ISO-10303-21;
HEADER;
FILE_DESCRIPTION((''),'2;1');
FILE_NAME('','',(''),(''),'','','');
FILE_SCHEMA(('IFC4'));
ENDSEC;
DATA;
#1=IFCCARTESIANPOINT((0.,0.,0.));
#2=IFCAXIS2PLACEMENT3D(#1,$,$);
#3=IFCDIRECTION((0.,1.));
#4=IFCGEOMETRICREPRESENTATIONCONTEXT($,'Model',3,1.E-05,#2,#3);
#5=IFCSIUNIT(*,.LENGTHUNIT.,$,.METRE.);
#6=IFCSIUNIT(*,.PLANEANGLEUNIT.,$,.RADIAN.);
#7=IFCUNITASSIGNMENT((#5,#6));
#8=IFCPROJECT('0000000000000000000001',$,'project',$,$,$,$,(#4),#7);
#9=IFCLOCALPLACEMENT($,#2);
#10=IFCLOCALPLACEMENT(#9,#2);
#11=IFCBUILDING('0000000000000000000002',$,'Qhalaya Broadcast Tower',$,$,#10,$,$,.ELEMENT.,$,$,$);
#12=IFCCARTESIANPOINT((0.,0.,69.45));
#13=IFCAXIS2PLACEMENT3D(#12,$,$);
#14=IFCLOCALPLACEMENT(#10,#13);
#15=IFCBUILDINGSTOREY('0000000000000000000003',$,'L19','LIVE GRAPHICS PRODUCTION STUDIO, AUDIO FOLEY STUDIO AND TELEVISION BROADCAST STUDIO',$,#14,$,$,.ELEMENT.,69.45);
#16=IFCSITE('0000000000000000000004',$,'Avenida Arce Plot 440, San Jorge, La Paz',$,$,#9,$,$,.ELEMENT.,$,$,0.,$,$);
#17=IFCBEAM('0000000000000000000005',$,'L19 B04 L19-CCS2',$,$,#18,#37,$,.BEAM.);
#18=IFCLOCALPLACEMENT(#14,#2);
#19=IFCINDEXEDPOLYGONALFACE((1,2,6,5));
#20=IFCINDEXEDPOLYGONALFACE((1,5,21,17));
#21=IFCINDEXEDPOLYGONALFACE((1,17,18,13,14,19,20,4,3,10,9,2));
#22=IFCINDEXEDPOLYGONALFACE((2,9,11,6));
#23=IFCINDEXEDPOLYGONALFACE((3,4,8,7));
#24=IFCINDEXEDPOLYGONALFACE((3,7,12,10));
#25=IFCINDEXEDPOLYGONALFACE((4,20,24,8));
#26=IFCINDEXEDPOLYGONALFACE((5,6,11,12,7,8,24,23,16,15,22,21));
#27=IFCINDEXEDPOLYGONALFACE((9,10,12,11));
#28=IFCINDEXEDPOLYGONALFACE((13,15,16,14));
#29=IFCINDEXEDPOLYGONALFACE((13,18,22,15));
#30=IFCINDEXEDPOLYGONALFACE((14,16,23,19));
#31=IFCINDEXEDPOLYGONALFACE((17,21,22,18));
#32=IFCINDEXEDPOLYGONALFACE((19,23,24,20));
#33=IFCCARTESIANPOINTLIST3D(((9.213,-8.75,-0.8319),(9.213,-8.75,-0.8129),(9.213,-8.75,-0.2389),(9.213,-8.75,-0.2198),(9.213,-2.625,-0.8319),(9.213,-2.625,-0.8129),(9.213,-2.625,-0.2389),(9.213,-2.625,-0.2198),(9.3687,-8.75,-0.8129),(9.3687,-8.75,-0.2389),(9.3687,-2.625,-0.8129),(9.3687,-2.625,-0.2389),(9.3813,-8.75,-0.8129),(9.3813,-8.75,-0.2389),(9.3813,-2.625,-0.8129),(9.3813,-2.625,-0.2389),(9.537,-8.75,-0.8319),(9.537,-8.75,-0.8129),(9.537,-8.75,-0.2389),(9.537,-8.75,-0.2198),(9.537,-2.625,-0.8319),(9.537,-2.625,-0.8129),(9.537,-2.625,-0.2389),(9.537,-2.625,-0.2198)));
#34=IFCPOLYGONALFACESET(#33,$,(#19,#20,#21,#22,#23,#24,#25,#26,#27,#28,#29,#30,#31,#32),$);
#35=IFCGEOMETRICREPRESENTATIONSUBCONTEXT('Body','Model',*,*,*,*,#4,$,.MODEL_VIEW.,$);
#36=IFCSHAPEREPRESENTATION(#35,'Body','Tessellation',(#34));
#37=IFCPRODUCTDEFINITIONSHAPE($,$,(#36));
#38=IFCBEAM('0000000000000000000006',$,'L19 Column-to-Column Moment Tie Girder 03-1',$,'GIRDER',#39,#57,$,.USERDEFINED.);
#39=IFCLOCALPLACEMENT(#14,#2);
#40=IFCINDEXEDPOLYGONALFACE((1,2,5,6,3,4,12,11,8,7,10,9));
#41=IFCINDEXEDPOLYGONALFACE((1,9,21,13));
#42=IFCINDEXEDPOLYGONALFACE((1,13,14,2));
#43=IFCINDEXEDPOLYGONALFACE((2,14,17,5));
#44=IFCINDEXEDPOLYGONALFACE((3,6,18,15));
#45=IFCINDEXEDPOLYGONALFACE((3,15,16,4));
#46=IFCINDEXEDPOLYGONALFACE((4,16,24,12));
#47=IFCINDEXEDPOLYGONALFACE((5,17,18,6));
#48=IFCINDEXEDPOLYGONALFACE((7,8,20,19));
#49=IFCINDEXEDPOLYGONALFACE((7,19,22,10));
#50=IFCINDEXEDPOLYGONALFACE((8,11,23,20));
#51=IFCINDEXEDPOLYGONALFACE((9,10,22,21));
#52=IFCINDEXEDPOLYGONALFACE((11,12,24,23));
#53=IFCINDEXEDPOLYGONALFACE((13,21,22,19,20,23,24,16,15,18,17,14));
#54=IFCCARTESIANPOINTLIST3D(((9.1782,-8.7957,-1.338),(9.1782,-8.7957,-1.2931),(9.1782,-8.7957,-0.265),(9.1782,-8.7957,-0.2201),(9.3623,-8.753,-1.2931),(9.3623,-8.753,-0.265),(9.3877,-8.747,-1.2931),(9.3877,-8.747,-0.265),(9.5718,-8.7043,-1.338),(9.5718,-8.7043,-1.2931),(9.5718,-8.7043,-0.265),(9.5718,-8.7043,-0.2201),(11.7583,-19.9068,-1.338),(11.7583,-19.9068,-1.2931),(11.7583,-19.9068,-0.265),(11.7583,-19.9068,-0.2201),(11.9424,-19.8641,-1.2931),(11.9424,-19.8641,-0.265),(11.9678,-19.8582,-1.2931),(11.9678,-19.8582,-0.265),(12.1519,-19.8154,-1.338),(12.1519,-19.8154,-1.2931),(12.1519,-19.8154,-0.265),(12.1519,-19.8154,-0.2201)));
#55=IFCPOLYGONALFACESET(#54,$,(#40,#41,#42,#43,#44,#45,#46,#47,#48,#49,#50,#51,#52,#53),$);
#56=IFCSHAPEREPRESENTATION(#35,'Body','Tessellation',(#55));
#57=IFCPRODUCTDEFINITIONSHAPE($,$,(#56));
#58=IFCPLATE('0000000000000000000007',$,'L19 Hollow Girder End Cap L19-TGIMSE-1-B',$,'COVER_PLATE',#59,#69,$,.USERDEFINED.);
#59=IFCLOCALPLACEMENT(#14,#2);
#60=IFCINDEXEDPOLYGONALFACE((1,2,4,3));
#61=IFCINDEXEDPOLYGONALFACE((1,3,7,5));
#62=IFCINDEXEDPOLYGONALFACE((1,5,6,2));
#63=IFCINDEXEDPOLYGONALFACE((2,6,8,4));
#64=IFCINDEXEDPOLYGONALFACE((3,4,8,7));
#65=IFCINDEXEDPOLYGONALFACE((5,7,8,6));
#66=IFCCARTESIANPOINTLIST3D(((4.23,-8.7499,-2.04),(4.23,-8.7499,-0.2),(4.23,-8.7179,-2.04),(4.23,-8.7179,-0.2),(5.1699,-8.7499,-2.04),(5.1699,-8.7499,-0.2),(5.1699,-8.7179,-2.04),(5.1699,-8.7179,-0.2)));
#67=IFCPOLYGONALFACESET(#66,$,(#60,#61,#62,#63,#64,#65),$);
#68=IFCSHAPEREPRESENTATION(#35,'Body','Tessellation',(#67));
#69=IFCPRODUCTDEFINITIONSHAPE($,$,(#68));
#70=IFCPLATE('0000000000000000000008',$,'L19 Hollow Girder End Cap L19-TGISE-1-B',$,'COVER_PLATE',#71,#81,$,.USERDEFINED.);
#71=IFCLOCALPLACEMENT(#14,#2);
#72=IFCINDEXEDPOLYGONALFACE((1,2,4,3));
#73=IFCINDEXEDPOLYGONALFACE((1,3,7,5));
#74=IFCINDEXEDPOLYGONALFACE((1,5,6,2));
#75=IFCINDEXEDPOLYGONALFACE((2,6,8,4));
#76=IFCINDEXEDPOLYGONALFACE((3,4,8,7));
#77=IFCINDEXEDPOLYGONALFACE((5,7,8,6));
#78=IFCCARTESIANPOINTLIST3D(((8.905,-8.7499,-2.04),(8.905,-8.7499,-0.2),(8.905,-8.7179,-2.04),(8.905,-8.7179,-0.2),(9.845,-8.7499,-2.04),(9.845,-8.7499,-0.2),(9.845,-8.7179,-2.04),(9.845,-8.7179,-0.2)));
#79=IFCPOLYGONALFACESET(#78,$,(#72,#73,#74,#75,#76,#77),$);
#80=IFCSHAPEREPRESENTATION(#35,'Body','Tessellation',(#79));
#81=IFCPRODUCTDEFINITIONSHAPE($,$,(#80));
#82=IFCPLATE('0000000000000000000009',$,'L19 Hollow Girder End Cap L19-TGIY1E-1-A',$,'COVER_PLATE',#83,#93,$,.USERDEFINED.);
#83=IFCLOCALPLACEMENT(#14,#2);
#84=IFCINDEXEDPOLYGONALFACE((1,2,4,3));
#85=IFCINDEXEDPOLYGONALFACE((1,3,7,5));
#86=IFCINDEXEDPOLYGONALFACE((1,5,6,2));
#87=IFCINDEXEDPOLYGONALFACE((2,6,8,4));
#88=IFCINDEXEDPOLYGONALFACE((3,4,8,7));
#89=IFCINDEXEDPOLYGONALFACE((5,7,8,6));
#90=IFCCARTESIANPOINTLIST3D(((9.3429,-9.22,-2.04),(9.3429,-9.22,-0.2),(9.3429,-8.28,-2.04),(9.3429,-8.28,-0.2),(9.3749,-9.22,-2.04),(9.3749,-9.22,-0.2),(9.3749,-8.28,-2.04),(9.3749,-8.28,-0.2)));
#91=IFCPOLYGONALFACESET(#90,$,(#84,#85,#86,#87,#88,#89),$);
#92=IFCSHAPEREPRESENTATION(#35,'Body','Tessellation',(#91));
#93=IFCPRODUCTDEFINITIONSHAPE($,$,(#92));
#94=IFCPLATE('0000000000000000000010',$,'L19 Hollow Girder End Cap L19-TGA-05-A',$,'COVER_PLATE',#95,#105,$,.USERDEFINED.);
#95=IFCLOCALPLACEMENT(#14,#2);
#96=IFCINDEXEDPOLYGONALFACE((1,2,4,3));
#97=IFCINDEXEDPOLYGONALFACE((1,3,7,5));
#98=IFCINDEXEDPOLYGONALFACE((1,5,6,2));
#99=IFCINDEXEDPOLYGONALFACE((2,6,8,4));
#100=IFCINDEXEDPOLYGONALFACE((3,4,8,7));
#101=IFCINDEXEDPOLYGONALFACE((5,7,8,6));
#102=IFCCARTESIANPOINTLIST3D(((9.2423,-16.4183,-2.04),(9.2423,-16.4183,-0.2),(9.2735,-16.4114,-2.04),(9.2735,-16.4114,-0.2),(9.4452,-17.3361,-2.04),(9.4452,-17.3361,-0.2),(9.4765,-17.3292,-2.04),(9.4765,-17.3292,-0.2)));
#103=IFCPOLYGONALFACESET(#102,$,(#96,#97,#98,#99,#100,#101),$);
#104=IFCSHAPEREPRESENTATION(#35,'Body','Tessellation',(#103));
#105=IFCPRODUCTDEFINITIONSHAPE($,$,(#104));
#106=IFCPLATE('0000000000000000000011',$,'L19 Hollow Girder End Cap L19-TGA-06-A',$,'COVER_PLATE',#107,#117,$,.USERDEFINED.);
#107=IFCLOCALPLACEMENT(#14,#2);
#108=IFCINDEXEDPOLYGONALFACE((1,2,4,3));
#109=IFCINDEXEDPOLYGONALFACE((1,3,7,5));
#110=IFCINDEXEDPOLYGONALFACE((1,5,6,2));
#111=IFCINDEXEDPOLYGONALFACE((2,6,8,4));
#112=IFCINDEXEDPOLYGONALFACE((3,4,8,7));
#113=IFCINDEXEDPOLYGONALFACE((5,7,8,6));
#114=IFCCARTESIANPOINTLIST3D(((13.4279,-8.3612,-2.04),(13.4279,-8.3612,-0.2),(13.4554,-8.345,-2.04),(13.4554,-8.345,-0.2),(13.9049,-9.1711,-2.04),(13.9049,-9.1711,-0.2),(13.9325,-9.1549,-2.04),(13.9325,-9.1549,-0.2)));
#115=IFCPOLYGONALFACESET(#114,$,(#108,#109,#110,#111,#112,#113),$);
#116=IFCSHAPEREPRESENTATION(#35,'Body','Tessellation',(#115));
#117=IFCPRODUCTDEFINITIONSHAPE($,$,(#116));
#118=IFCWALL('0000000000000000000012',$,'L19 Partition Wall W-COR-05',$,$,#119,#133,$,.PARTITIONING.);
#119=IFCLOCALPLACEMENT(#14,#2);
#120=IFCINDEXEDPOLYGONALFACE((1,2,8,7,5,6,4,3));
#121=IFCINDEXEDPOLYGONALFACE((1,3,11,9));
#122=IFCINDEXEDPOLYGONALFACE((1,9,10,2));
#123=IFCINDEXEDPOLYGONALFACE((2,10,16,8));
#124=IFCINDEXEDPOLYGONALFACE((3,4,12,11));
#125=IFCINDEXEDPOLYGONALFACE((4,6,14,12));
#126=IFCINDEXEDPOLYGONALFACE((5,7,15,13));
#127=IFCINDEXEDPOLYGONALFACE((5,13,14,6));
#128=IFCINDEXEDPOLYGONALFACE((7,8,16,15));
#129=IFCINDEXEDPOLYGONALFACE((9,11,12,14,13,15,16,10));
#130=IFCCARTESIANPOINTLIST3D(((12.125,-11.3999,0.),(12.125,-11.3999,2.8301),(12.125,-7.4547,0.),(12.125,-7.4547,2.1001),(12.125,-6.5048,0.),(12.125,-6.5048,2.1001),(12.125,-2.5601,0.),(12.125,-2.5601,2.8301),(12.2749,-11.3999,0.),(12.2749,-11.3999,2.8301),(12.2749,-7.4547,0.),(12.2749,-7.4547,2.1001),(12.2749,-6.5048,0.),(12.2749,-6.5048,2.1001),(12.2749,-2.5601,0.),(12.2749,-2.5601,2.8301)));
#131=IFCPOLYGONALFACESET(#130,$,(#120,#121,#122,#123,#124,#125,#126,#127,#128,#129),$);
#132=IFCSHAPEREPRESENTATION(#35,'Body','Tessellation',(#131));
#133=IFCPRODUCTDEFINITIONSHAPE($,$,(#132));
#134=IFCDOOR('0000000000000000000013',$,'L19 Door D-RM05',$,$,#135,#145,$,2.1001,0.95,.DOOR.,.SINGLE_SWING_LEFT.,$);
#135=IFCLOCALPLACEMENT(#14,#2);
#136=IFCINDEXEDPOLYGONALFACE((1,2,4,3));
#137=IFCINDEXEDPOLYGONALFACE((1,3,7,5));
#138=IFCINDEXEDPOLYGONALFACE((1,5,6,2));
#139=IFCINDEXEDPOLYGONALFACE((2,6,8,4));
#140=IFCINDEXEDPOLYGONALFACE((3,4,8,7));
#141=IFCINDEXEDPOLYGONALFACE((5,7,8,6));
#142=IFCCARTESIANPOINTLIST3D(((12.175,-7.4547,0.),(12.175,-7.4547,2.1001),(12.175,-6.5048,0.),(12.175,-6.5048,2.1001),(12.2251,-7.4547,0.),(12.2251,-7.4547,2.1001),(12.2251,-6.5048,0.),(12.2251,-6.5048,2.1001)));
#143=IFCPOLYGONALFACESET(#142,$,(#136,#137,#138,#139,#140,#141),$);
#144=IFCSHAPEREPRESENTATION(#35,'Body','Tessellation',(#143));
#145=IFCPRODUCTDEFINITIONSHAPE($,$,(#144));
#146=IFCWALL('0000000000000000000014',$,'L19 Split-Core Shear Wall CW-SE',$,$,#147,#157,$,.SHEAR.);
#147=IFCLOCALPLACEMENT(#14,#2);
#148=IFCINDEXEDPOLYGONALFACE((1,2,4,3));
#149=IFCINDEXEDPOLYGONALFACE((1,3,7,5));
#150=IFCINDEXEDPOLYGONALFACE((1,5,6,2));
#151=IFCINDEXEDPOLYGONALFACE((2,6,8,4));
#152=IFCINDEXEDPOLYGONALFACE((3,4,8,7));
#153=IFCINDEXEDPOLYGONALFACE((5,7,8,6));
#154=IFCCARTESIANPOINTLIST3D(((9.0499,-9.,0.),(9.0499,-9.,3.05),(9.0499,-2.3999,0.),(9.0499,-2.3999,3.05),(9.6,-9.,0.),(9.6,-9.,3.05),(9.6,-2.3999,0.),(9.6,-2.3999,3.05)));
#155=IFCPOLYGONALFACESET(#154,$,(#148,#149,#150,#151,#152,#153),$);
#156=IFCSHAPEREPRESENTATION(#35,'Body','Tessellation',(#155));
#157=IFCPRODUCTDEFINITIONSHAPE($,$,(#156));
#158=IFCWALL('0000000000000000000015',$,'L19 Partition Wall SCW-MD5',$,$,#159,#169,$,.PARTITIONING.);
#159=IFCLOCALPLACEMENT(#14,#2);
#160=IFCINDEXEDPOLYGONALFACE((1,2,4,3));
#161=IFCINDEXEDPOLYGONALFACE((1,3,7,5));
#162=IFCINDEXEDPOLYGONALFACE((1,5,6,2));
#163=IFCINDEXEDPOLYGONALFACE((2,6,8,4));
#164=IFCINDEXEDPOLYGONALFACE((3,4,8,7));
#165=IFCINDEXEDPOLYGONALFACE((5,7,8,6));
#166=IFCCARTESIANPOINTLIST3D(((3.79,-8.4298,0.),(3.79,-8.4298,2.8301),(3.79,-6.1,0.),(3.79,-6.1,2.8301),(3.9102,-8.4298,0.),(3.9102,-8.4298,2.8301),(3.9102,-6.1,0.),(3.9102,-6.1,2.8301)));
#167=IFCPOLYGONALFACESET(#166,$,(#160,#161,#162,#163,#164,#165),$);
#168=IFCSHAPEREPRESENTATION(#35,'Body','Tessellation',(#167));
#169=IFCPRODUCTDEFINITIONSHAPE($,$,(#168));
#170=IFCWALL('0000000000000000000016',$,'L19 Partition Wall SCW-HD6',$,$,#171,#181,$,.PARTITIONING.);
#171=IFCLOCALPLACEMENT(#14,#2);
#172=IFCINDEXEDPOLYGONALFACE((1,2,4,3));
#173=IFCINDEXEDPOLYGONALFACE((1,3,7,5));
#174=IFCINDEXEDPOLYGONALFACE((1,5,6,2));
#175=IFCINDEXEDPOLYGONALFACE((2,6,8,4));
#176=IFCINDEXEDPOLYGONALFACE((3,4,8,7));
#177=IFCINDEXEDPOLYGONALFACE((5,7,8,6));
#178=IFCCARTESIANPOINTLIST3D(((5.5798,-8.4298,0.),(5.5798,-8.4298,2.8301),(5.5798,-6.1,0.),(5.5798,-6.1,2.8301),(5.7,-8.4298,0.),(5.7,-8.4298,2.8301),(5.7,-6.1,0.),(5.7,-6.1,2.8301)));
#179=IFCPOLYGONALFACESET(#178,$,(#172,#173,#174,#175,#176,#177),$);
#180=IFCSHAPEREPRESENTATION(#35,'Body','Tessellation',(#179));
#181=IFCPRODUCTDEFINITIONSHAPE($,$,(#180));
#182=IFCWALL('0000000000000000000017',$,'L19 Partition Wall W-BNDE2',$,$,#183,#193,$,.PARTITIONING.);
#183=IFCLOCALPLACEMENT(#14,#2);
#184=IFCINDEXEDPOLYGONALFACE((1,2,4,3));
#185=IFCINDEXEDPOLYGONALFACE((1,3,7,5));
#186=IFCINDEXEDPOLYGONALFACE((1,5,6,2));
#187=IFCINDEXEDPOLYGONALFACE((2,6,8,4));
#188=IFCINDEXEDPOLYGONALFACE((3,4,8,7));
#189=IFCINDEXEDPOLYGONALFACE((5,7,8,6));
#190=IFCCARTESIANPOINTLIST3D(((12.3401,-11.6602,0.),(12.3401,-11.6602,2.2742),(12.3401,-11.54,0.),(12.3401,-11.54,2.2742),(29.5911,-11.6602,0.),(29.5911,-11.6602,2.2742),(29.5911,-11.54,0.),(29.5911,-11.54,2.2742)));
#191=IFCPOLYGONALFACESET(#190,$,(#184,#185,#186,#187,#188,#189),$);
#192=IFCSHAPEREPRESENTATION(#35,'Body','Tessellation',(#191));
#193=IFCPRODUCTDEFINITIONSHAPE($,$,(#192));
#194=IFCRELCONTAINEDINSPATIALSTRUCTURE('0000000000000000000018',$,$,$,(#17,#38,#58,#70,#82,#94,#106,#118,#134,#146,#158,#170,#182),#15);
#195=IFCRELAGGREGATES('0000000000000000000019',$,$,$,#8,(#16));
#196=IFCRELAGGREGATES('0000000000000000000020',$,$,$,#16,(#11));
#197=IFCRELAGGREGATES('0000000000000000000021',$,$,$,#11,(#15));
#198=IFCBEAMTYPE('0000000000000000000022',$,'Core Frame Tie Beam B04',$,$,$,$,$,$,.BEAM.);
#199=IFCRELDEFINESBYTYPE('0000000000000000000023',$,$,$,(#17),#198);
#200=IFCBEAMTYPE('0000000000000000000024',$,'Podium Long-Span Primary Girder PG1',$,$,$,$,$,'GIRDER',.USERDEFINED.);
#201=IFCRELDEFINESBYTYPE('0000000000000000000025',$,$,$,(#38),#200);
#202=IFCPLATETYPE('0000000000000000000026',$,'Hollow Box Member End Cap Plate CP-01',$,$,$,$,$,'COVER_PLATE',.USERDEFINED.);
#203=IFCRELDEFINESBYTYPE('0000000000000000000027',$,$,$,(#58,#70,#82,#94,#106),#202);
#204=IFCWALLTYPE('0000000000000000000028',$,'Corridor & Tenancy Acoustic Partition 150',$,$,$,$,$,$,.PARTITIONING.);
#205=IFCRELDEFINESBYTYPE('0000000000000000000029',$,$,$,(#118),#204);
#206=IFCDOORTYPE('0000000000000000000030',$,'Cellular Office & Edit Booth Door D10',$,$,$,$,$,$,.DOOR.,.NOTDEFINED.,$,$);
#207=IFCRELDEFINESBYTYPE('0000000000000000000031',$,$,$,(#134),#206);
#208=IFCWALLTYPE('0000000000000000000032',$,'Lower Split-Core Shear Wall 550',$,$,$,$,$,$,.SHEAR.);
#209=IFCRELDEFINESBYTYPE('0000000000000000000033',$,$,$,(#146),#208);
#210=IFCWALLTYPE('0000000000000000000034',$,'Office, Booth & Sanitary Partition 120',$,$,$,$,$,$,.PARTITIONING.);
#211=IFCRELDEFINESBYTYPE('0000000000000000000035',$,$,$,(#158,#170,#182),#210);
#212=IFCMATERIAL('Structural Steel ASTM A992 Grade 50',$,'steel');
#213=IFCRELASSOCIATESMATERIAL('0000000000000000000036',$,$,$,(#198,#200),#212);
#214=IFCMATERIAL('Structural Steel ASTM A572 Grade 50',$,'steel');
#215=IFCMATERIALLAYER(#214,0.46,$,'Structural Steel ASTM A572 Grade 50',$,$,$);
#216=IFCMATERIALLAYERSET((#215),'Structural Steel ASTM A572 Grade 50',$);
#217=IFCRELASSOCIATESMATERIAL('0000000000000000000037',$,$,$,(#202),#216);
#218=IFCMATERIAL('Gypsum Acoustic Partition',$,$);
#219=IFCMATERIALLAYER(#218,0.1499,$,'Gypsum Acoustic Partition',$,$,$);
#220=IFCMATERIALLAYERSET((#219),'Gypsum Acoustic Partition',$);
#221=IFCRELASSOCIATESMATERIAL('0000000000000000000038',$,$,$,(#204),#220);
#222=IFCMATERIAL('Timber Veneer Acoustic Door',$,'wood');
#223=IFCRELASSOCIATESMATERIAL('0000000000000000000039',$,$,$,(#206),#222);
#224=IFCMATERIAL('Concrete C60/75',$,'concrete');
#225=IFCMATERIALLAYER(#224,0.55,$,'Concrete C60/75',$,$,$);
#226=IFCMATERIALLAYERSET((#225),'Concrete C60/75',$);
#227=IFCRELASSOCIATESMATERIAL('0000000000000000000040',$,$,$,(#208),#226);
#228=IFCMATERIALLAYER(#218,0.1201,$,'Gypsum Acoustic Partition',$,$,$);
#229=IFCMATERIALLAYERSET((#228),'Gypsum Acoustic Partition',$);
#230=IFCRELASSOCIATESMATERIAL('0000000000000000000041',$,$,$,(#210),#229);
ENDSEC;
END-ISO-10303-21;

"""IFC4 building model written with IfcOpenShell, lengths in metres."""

from ifc_helpers import new_model, si_unit, direction, frame, frame_2d, origin, origin_2d, place, context, subcontext, project, spatial, rectangle, i_section, extrude, material, layer, layer_set, material_profile, profile_set, type_object, element, fill, save


model = new_model("IFC4")

# Units and contexts
model_context = context("Model", 3, precision=1e-05, world=origin(), true_north=direction((0.0, 1.0)))
body_context = subcontext(model_context, "Body", "Model", "MODEL_VIEW")
ifc_project = project(units=[si_unit("LENGTHUNIT", "METRE"), si_unit("PLANEANGLEUNIT", "RADIAN")], contexts=[model_context])

# Site, building, storey
site_placement = place(None, origin())
site = spatial("IfcSite", under=ifc_project, at=site_placement, Name="Avenida Arce Plot 440, San Jorge, La Paz", CompositionType="ELEMENT", RefElevation=0.0)
building_placement = place(site_placement, origin())
building = spatial("IfcBuilding", under=site, at=building_placement, Name="Qhalaya Broadcast Tower", CompositionType="ELEMENT")
storey_placement = place(building_placement, frame((0.0, 0.0, 69.45)))
storey = spatial("IfcBuildingStorey", under=building, at=storey_placement, Name="L19", Description="LIVE GRAPHICS PRODUCTION STUDIO, AUDIO FOLEY STUDIO AND TELEVISION BROADCAST STUDIO", CompositionType="ELEMENT", Elevation=69.45)

# Shared definitions
ifc_material_1 = material(Name="Structural Steel ASTM A992 Grade 50", Category="steel")

# Beams
ifc_material_2 = material(Name="Structural Steel ASTM A572 Grade 50", Category="steel")
ifc_material_profile_1 = material_profile(ifc_material_1, i_section(OverallWidth=0.324, OverallDepth=0.6121, WebThickness=0.0127, FlangeThickness=0.019, at=origin_2d()), Name="W24X104")
ifc_profile_set_1 = profile_set([ifc_material_profile_1], Name="Structural Steel ASTM A992 Grade 50")
beam_type_1 = type_object("IfcBeamType", Name="Core Frame Tie Beam B04", PredefinedType="BEAM", material=ifc_profile_set_1)
beam_1_placement = place(storey_placement, frame((9.375, -8.75, -0.5259), z_axis=(0.0, 1.0, 0.0), x_axis=(-1.0, 0.0, 0.0)))
element("IfcBeam", 1, at=beam_1_placement, inside=storey, type_object=beam_type_1, Name="L19 B04 L19-CCS2", PredefinedType="BEAM", context=body_context, shape_type="SweptSolid", body=[
    extrude(i_section(OverallWidth=0.324, OverallDepth=0.6121, WebThickness=0.0127, FlangeThickness=0.019, at=origin_2d()), origin(), (0.0, 0.0, 1.0), 6.125),
])
ifc_material_profile_2 = material_profile(ifc_material_1, i_section(OverallWidth=0.4041, OverallDepth=1.1179, WebThickness=0.0261, FlangeThickness=0.0449, at=origin_2d()), Name="W44X335")
ifc_profile_set_2 = profile_set([ifc_material_profile_2], Name="Structural Steel ASTM A992 Grade 50")
beam_type_2 = type_object("IfcBeamType", Name="Podium Long-Span Primary Girder PG1", ElementType="GIRDER", PredefinedType="USERDEFINED", material=ifc_profile_set_2)
beam_2_placement = place(storey_placement, frame((9.375, -8.75, -0.7791), z_axis=(0.22619, -0.974083, 0.0), x_axis=(0.974083, 0.22619, 0.0)))
element("IfcBeam", 2, at=beam_2_placement, inside=storey, type_object=beam_type_2, Name="L19 Column-to-Column Moment Tie Girder 03-1", ObjectType="GIRDER", PredefinedType="USERDEFINED", context=body_context, shape_type="SweptSolid", body=[
    extrude(i_section(OverallWidth=0.4041, OverallDepth=1.1179, WebThickness=0.0261, FlangeThickness=0.0449, at=origin_2d()), origin(), (0.0, 0.0, 1.0), 11.4067),
])

# Plates
ifc_layer_1 = layer(ifc_material_2, 0.46, Name="Structural Steel ASTM A572 Grade 50")
ifc_layer_set_1 = layer_set([ifc_layer_1], Name="Structural Steel ASTM A572 Grade 50")
plate_type = type_object("IfcPlateType", Name="Hollow Box Member End Cap Plate CP-01", ElementType="COVER_PLATE", PredefinedType="USERDEFINED", material=ifc_layer_set_1)
for number, where, z_axis, x_axis, name in (
    (3, (4.7, -8.7339, -2.04), (0.0, 0.0, 1.0), (-1.0, 0.0, 0.0), "L19 Hollow Girder End Cap L19-TGIMSE-1-B"),
    (4, (9.375, -8.7339, -2.04), (0.0, 0.0, 1.0), (-1.0, 0.0, 0.0), "L19 Hollow Girder End Cap L19-TGISE-1-B"),
    (5, (9.3589, -8.75, -2.04), (0.0, 0.0, 1.0), (0.0, 1.0, 0.0), "L19 Hollow Girder End Cap L19-TGIY1E-1-A"),
    (6, (9.3594, -16.8738, -2.04), (0.0, 0.0, 1.0), (-0.215928, 0.976409, 0.0), "L19 Hollow Girder End Cap L19-TGA-05-A"),
    (7, (13.6802, -8.7581, -2.04), (0.0, 0.0, 1.0), (-0.507493, 0.861656, 0.0), "L19 Hollow Girder End Cap L19-TGA-06-A"),
):
    element("IfcPlate", number, at=place(storey_placement, frame(where, z_axis=z_axis, x_axis=x_axis)), inside=storey, type_object=plate_type, Name=name, ObjectType="COVER_PLATE", PredefinedType="USERDEFINED", context=body_context, shape_type="SweptSolid", body=[
        extrude(rectangle(XDim=0.9399, YDim=0.032, at=origin_2d()), origin(), (0.0, 0.0, 1.0), 1.8401),
    ])

# Wall, opening, door
ifc_material_3 = material(Name="Gypsum Acoustic Partition")
ifc_layer_2 = layer(ifc_material_3, 0.1499, Name="Gypsum Acoustic Partition")
ifc_layer_set_2 = layer_set([ifc_layer_2], Name="Gypsum Acoustic Partition")
wall_type_1 = type_object("IfcWallType", Name="Corridor & Tenancy Acoustic Partition 150", PredefinedType="PARTITIONING", material=ifc_layer_set_2)
wall_1_placement = place(storey_placement, frame((12.2, -11.3999, 0.0), z_axis=(0.0, 0.0, 1.0), x_axis=(0.0, 1.0, 0.0)))
wall_1 = element("IfcWall", 8, at=wall_1_placement, inside=storey, type_object=wall_type_1, Name="L19 Partition Wall W-COR-05", PredefinedType="PARTITIONING", context=body_context, shape_type="SweptSolid", body=[
    extrude(rectangle(XDim=8.8398, YDim=0.1499, at=frame_2d((4.4199, 0.0))), origin(), (0.0, 0.0, 1.0), 2.8301),
])
opening_placement = place(wall_1_placement, frame((3.9451, 0.0, 0.0)))
opening = element("IfcOpeningElement", 9, at=opening_placement, cuts=wall_1, PredefinedType="OPENING", context=body_context, shape_type="SweptSolid", body=[
    extrude(rectangle(XDim=0.95, YDim=2.1001, at=frame_2d((0.4751, 1.05))), frame((0.0, 0.0869, 0.0), z_axis=(0.0, -1.0, 0.0), x_axis=(1.0, 0.0, 0.0)), (0.0, 0.0, 1.0), 0.1738),
])
ifc_material_4 = material(Name="Timber Veneer Acoustic Door", Category="wood")
door_type = type_object("IfcDoorType", Name="Cellular Office & Edit Booth Door D10", OperationType="NOTDEFINED", PredefinedType="DOOR", material=ifc_material_4)
door_placement = place(opening_placement, origin())
door = element("IfcDoor", 10, at=door_placement, inside=storey, type_object=door_type, Name="L19 Door D-RM05", OperationType="SINGLE_SWING_LEFT", OverallHeight=2.1001, OverallWidth=0.95, PredefinedType="DOOR", context=body_context, shape_type="SweptSolid", body=[
    extrude(rectangle(XDim=0.95, YDim=2.1001, at=frame_2d((0.4751, 1.05))), frame((0.0, 0.0249, 0.0), z_axis=(0.0, -1.0, 0.0), x_axis=(1.0, 0.0, 0.0)), (0.0, 0.0, 1.0), 0.05),
])
fill(opening, door)

# Walls
ifc_material_5 = material(Name="Concrete C60/75", Category="concrete")
ifc_layer_3 = layer(ifc_material_5, 0.55, Name="Concrete C60/75")
ifc_layer_set_3 = layer_set([ifc_layer_3], Name="Concrete C60/75")
wall_type_2 = type_object("IfcWallType", Name="Lower Split-Core Shear Wall 550", PredefinedType="SHEAR", material=ifc_layer_set_3)
wall_2_placement = place(storey_placement, frame((9.325, -9.0, 0.0), z_axis=(0.0, 0.0, 1.0), x_axis=(0.0, 1.0, 0.0)))
element("IfcWall", 11, at=wall_2_placement, inside=storey, type_object=wall_type_2, Name="L19 Split-Core Shear Wall CW-SE", PredefinedType="SHEAR", context=body_context, shape_type="SweptSolid", body=[
    extrude(rectangle(XDim=6.6001, YDim=0.55, at=frame_2d((3.3, 0.0))), origin(), (0.0, 0.0, 1.0), 3.05),
])
ifc_layer_4 = layer(ifc_material_3, 0.1201, Name="Gypsum Acoustic Partition")
ifc_layer_set_4 = layer_set([ifc_layer_4], Name="Gypsum Acoustic Partition")
wall_type_3 = type_object("IfcWallType", Name="Office, Booth & Sanitary Partition 120", PredefinedType="PARTITIONING", material=ifc_layer_set_4)
for number, where, z_axis, x_axis, name in (
    (12, (3.8501, -8.4299, 0.0), (0.0, 0.0, 1.0), (0.0, 1.0, 0.0), "L19 Partition Wall SCW-MD5"),
    (13, (5.6399, -8.4299, 0.0), (0.0, 0.0, 1.0), (0.0, 1.0, 0.0), "L19 Partition Wall SCW-HD6"),
):
    element("IfcWall", number, at=place(storey_placement, frame(where, z_axis=z_axis, x_axis=x_axis)), inside=storey, type_object=wall_type_3, Name=name, PredefinedType="PARTITIONING", context=body_context, shape_type="SweptSolid", body=[
        extrude(rectangle(XDim=2.3298, YDim=0.1201, at=frame_2d((1.165, 0.0))), origin(), (0.0, 0.0, 1.0), 2.8301),
    ])
wall_3_placement = place(storey_placement, frame((12.3401, -11.6001, 0.0), z_axis=(0.0, 0.0, 1.0), x_axis=(1.0, 0.0, 0.0)))
element("IfcWall", 14, at=wall_3_placement, inside=storey, type_object=wall_type_3, Name="L19 Partition Wall W-BNDE2", PredefinedType="PARTITIONING", context=body_context, shape_type="SweptSolid", body=[
    extrude(rectangle(XDim=17.251, YDim=0.1201, at=frame_2d((8.6255, 0.0))), origin(), (0.0, 0.0, 1.0), 2.2742),
])

save(model, "model.ifc")
